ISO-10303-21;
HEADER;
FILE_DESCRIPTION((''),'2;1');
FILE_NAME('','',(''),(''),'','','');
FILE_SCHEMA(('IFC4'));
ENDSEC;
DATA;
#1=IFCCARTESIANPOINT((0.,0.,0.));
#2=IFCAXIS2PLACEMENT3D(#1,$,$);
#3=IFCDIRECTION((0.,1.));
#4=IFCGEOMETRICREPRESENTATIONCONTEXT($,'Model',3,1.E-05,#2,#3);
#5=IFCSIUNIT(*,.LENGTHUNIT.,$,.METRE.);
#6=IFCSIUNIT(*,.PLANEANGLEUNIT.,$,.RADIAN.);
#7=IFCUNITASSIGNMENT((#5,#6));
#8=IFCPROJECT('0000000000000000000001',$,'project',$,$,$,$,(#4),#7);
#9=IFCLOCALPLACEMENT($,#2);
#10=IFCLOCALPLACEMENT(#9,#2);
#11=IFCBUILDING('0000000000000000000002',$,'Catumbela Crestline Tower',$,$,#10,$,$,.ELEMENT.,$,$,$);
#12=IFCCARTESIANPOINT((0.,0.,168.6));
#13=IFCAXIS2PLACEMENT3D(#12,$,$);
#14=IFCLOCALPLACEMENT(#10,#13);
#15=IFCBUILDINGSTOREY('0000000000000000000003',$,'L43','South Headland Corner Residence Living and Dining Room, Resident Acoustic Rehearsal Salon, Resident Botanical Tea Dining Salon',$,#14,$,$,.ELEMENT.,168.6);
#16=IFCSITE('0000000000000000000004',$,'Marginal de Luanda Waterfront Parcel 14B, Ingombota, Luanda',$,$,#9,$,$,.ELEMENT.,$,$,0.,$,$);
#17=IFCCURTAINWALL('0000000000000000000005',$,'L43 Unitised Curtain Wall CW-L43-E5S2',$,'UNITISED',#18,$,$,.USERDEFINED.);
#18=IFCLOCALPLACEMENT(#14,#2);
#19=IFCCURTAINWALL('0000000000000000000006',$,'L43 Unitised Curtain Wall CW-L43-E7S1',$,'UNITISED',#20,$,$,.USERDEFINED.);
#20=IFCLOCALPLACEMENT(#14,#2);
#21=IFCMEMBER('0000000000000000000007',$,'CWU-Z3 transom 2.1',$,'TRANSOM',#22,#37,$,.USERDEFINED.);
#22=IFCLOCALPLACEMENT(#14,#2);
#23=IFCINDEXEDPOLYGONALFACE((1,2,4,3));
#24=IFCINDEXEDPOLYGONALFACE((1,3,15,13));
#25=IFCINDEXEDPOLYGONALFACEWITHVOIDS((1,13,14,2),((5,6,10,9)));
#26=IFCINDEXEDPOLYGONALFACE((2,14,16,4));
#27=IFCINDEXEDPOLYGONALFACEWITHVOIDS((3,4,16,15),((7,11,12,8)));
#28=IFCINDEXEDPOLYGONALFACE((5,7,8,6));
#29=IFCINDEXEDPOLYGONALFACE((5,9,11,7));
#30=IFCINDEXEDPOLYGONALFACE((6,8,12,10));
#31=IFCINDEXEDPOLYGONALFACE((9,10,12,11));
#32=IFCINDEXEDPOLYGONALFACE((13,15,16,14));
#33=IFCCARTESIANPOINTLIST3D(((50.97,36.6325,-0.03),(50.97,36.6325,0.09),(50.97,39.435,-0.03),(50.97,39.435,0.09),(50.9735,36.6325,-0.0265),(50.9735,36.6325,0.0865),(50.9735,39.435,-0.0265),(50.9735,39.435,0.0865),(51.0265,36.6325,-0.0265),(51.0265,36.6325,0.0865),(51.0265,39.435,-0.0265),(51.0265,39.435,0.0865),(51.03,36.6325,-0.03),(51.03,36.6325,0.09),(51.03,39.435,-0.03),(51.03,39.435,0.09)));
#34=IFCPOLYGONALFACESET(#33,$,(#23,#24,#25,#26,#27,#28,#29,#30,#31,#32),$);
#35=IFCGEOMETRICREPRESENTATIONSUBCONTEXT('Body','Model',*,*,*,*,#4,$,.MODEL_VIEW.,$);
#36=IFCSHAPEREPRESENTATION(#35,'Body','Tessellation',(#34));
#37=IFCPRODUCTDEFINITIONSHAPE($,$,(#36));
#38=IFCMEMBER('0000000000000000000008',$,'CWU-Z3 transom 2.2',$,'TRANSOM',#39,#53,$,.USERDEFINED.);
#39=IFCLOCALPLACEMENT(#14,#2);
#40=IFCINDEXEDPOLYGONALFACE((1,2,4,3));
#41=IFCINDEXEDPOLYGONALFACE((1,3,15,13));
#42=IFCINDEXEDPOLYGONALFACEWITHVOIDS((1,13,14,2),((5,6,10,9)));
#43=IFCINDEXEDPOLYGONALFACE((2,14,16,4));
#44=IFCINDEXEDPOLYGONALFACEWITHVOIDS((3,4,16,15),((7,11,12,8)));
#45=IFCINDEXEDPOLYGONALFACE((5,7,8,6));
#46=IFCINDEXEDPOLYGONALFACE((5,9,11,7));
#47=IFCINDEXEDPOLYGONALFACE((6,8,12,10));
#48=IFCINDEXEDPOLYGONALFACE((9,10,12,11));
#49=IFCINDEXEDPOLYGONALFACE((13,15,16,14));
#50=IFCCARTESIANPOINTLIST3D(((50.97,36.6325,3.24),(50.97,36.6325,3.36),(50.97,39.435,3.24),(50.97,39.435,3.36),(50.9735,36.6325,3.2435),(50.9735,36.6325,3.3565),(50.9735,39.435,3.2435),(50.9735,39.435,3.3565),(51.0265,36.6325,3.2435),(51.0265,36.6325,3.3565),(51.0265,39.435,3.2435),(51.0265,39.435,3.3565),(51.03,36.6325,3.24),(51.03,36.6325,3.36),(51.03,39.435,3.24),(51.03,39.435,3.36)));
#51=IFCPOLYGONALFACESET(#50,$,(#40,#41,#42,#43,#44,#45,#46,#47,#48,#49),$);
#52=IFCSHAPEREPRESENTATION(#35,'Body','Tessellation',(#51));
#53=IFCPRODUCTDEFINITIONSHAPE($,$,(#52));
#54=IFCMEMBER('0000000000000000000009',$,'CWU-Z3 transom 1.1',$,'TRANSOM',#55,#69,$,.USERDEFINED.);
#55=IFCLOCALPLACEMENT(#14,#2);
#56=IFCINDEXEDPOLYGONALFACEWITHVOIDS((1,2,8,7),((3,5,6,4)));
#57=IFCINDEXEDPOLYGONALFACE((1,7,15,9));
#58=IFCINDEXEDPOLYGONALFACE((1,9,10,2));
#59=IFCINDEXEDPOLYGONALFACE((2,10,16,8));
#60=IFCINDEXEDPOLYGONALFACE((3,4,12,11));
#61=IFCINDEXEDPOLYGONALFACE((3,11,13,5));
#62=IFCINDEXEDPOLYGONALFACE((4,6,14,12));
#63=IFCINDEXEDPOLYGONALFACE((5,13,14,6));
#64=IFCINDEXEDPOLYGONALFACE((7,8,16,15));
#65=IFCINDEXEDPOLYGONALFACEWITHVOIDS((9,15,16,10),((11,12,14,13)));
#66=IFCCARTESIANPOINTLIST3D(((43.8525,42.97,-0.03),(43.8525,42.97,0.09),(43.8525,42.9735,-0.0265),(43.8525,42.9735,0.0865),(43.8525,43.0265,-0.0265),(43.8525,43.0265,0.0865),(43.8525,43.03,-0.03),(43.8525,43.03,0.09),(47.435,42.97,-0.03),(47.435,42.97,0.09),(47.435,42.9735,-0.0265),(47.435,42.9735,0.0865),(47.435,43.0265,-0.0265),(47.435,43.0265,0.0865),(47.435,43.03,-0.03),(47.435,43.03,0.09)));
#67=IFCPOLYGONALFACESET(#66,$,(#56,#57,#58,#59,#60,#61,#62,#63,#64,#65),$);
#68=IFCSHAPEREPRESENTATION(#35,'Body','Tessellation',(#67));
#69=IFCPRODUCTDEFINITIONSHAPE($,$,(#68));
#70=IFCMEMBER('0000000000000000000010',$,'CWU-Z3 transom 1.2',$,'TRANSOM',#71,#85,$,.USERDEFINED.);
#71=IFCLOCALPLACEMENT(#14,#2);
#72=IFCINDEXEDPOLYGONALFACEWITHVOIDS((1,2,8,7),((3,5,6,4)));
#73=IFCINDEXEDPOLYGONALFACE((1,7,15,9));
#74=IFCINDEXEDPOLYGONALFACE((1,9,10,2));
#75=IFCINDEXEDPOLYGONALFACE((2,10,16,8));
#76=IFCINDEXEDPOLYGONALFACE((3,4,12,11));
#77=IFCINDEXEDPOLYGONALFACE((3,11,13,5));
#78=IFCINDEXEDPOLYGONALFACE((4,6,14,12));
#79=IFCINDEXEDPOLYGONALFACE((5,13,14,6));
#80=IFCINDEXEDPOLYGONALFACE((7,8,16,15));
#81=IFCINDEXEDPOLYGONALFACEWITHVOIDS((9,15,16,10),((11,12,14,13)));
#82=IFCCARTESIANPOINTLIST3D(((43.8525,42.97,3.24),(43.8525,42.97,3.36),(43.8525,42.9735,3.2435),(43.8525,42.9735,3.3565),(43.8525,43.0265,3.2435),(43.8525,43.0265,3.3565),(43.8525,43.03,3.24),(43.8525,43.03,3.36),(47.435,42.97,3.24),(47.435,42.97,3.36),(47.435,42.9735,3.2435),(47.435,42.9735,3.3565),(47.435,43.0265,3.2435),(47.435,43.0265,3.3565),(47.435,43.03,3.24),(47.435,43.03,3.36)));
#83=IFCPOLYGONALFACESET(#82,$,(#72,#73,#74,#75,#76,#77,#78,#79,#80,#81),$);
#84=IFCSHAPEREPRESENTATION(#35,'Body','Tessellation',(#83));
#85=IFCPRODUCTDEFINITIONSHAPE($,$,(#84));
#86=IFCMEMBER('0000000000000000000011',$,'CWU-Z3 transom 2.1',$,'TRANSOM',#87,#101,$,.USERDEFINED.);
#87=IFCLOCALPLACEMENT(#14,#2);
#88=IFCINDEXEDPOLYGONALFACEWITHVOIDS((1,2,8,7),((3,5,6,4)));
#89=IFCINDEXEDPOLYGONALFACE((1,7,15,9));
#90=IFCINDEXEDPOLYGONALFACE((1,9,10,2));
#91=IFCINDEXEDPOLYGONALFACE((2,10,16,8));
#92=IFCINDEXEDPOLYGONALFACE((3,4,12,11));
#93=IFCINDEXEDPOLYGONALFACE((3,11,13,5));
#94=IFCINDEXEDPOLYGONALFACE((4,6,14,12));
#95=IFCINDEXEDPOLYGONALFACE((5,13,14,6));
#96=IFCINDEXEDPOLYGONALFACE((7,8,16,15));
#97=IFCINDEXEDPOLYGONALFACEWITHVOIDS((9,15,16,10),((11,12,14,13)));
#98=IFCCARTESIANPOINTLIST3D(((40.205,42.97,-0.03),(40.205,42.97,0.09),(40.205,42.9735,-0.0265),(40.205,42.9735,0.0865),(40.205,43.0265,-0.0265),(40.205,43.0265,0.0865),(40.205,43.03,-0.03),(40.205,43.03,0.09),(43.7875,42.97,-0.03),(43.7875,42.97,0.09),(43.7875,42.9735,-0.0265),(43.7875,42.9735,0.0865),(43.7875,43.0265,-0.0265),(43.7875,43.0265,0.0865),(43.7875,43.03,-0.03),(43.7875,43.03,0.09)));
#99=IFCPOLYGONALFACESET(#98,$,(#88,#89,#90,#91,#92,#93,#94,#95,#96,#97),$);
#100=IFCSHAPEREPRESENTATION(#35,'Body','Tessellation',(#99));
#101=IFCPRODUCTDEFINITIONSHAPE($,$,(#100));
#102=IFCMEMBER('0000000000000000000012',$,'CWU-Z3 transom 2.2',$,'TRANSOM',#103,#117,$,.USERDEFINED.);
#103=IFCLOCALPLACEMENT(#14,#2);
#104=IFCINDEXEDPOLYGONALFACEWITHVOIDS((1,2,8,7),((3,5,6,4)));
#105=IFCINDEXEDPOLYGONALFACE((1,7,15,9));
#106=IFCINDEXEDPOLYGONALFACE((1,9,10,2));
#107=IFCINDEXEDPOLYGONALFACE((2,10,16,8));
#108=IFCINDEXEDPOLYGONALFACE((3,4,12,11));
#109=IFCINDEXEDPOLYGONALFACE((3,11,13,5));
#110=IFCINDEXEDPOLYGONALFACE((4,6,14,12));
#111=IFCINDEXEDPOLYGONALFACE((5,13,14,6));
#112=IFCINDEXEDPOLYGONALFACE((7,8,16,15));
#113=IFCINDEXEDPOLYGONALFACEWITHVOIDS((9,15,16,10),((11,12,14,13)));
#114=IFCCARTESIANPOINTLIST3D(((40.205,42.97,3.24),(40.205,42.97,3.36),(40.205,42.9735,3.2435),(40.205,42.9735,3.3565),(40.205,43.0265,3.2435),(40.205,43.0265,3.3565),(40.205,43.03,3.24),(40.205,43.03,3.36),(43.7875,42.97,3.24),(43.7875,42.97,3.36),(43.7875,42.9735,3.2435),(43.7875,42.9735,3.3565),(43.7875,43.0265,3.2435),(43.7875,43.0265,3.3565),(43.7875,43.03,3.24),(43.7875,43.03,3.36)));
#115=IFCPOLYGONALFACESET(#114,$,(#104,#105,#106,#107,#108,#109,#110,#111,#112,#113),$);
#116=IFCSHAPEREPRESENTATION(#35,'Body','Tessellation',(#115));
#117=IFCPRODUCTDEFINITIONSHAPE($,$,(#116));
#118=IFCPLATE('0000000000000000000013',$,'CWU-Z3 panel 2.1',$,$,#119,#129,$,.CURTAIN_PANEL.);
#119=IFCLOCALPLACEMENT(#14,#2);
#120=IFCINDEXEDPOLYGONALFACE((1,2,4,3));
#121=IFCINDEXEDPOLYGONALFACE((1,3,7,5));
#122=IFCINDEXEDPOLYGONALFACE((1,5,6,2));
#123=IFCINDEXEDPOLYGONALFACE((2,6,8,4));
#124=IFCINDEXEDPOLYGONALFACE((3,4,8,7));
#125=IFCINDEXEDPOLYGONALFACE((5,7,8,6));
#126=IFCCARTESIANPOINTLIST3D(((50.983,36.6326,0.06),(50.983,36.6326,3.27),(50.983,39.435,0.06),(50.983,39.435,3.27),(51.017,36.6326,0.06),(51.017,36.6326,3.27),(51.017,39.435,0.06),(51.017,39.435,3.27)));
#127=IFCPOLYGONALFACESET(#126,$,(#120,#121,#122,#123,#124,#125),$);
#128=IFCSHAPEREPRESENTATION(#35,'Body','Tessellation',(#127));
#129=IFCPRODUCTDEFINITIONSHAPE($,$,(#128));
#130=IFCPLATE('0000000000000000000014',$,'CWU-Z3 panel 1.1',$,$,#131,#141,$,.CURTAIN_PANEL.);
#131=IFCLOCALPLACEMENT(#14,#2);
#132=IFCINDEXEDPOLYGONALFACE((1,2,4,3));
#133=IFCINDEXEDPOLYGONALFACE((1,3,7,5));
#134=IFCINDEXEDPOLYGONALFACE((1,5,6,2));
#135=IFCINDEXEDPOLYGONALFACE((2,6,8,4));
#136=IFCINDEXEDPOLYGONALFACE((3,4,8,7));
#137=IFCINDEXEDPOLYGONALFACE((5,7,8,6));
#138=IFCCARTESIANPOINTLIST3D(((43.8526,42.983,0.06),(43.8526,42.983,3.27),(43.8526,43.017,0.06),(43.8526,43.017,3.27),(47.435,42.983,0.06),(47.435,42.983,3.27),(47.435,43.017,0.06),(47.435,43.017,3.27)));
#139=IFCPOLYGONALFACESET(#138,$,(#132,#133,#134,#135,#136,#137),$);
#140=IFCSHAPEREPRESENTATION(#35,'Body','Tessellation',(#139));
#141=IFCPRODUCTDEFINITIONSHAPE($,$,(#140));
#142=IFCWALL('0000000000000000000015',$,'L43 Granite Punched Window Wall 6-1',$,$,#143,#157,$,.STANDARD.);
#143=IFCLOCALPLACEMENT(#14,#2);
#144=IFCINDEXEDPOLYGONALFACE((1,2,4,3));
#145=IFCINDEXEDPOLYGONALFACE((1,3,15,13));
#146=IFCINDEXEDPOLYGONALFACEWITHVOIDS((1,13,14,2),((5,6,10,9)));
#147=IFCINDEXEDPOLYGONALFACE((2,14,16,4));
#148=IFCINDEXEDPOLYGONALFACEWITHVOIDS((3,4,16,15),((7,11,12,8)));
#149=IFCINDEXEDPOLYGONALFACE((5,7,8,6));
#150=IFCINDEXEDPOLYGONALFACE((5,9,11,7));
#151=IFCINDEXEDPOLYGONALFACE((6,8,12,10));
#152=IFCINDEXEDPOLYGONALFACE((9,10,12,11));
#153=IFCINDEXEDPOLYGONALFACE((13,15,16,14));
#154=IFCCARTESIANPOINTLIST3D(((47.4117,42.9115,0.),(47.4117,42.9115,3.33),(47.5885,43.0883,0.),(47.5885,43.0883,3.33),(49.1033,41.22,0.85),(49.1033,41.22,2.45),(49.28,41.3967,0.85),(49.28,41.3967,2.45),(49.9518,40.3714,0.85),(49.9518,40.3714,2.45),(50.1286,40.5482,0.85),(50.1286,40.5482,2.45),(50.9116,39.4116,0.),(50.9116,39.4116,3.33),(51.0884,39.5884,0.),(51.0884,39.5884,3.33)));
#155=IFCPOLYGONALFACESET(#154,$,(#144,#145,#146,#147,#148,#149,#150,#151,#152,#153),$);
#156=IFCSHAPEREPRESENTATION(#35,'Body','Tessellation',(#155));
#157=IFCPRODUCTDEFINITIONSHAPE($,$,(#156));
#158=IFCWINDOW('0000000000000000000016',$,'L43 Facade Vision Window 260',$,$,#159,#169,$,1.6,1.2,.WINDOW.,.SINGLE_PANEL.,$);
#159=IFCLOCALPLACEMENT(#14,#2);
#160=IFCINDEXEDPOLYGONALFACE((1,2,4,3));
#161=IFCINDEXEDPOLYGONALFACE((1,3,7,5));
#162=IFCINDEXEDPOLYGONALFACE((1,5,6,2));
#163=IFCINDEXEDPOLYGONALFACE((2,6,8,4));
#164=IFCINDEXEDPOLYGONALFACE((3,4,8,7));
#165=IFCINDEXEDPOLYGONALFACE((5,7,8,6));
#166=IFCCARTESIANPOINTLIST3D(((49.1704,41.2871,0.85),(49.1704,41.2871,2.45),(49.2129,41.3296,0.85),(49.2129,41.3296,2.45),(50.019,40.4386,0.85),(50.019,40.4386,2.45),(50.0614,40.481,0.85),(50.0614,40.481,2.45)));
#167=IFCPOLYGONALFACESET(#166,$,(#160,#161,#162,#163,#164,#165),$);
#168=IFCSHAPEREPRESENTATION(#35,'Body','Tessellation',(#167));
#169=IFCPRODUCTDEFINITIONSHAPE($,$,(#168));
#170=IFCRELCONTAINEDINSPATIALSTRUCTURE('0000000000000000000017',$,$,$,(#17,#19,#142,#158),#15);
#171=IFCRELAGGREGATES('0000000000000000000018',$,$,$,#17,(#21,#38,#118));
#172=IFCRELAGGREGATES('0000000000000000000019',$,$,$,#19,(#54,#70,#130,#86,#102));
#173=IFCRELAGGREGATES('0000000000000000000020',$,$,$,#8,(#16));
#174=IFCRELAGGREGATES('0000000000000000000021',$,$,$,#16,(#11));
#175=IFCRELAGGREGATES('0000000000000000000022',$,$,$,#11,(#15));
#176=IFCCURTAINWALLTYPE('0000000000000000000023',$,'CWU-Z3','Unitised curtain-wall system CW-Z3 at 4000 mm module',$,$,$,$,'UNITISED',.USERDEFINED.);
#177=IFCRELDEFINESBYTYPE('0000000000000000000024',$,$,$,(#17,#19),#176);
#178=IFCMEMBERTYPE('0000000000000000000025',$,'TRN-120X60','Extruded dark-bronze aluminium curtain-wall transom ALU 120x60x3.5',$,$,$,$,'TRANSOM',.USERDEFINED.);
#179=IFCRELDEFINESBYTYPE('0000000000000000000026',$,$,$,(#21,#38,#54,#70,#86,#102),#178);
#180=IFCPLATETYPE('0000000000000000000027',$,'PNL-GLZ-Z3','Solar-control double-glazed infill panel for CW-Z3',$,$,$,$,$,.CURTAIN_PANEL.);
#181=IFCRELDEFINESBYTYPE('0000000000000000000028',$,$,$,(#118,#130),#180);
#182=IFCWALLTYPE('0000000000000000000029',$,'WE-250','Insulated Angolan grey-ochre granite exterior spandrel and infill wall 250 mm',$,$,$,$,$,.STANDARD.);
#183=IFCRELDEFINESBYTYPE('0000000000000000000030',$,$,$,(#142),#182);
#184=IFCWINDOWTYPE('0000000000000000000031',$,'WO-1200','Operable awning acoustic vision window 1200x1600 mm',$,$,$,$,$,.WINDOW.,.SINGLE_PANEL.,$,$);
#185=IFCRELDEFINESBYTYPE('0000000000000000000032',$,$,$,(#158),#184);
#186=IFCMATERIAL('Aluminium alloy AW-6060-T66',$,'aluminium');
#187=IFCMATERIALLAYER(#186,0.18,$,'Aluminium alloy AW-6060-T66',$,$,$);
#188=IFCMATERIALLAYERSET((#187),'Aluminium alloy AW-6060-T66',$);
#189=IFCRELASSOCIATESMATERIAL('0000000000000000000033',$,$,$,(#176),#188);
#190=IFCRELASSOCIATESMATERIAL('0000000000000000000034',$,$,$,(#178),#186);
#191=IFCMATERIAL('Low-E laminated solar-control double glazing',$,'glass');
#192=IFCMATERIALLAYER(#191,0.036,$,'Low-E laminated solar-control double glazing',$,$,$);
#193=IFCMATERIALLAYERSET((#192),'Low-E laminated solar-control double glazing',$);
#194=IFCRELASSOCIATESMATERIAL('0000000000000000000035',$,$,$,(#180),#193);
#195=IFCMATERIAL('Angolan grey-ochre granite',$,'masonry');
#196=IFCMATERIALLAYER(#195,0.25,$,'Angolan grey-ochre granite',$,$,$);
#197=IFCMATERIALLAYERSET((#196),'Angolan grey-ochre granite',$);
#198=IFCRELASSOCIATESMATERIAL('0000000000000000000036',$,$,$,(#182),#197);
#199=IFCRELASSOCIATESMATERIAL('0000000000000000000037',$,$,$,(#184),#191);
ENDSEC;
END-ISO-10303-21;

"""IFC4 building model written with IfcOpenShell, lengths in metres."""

from ifc_helpers import new_model, si_unit, direction, frame, frame_2d, origin, origin_2d, place, context, subcontext, project, spatial, rectangle, hollow_rectangle, extrude, material, layer, layer_set, material_profile, profile_set, type_object, element, fill, aggregate, save


model = new_model("IFC4")

# Units and contexts
model_context = context("Model", 3, precision=1e-05, world=origin(), true_north=direction((0.0, 1.0)))
body_context = subcontext(model_context, "Body", "Model", "MODEL_VIEW")
ifc_project = project(units=[si_unit("LENGTHUNIT", "METRE"), si_unit("PLANEANGLEUNIT", "RADIAN")], contexts=[model_context])

# Site, building, storey
site_placement = place(None, origin())
site = spatial("IfcSite", under=ifc_project, at=site_placement, Name="Marginal de Luanda Waterfront Parcel 14B, Ingombota, Luanda", CompositionType="ELEMENT", RefElevation=0.0)
building_placement = place(site_placement, origin())
building = spatial("IfcBuilding", under=site, at=building_placement, Name="Catumbela Crestline Tower", CompositionType="ELEMENT")
storey_placement = place(building_placement, frame((0.0, 0.0, 168.6)))
storey = spatial("IfcBuildingStorey", under=building, at=storey_placement, Name="L43", Description="South Headland Corner Residence Living and Dining Room, Resident Acoustic Rehearsal Salon, Resident Botanical Tea Dining Salon", CompositionType="ELEMENT", Elevation=168.6)

# Curtain wall
ifc_material_1 = material(Name="Aluminium alloy AW-6060-T66", Category="aluminium")
ifc_layer_1 = layer(ifc_material_1, 0.18, Name="Aluminium alloy AW-6060-T66")
ifc_layer_set_1 = layer_set([ifc_layer_1], Name="Aluminium alloy AW-6060-T66")
curtain_wall_type = type_object("IfcCurtainWallType", Name="CWU-Z3", Description="Unitised curtain-wall system CW-Z3 at 4000 mm module", ElementType="UNITISED", PredefinedType="USERDEFINED", material=ifc_layer_set_1)
curtain_wall_1_placement = place(storey_placement, origin())
curtain_wall_1 = element("IfcCurtainWall", 1, at=curtain_wall_1_placement, inside=storey, type_object=curtain_wall_type, Name="L43 Unitised Curtain Wall CW-L43-E5S2", ObjectType="UNITISED", PredefinedType="USERDEFINED")

# Curtain wall
curtain_wall_2_placement = place(storey_placement, origin())
curtain_wall_2 = element("IfcCurtainWall", 2, at=curtain_wall_2_placement, inside=storey, type_object=curtain_wall_type, Name="L43 Unitised Curtain Wall CW-L43-E7S1", ObjectType="UNITISED", PredefinedType="USERDEFINED")

# Members
ifc_material_profile_1 = material_profile(ifc_material_1, hollow_rectangle(XDim=0.06, YDim=0.12, WallThickness=0.0035, at=origin_2d()), Name="ALU 120x60x3.5")
ifc_profile_set_1 = profile_set([ifc_material_profile_1], Name="Aluminium alloy AW-6060-T66")
member_type_1 = type_object("IfcMemberType", Name="TRN-120X60", Description="Extruded dark-bronze aluminium curtain-wall transom ALU 120x60x3.5", ElementType="TRANSOM", PredefinedType="USERDEFINED", material=ifc_profile_set_1)
member_1_placement = place(storey_placement, frame((51.0, 36.6325, 0.03), z_axis=(0.0, 1.0, 0.0), x_axis=(-1.0, 0.0, 0.0)))
member_1 = element("IfcMember", 3, at=member_1_placement, type_object=member_type_1, Name="CWU-Z3 transom 2.1", ObjectType="TRANSOM", PredefinedType="USERDEFINED", context=body_context, shape_type="SweptSolid", body=[
    extrude(hollow_rectangle(XDim=0.06, YDim=0.12, WallThickness=0.0035, at=origin_2d()), origin(), (0.0, 0.0, 1.0), 2.8025),
])
member_2_placement = place(storey_placement, frame((51.0, 36.6325, 3.3), z_axis=(0.0, 1.0, 0.0), x_axis=(-1.0, 0.0, 0.0)))
member_2 = element("IfcMember", 4, at=member_2_placement, type_object=member_type_1, Name="CWU-Z3 transom 2.2", ObjectType="TRANSOM", PredefinedType="USERDEFINED", context=body_context, shape_type="SweptSolid", body=[
    extrude(hollow_rectangle(XDim=0.06, YDim=0.12, WallThickness=0.0035, at=origin_2d()), origin(), (0.0, 0.0, 1.0), 2.8025),
])
member_3_placement = place(storey_placement, frame((47.435, 43.0, 0.03), z_axis=(-1.0, 0.0, 0.0), x_axis=(0.0, -1.0, 0.0)))
member_3 = element("IfcMember", 5, at=member_3_placement, type_object=member_type_1, Name="CWU-Z3 transom 1.1", ObjectType="TRANSOM", PredefinedType="USERDEFINED", context=body_context, shape_type="SweptSolid", body=[
    extrude(hollow_rectangle(XDim=0.06, YDim=0.12, WallThickness=0.0035, at=origin_2d()), origin(), (0.0, 0.0, 1.0), 3.5825),
])
member_4_placement = place(storey_placement, frame((47.435, 43.0, 3.3), z_axis=(-1.0, 0.0, 0.0), x_axis=(0.0, -1.0, 0.0)))
member_4 = element("IfcMember", 6, at=member_4_placement, type_object=member_type_1, Name="CWU-Z3 transom 1.2", ObjectType="TRANSOM", PredefinedType="USERDEFINED", context=body_context, shape_type="SweptSolid", body=[
    extrude(hollow_rectangle(XDim=0.06, YDim=0.12, WallThickness=0.0035, at=origin_2d()), origin(), (0.0, 0.0, 1.0), 3.5825),
])
member_5_placement = place(storey_placement, frame((43.7875, 43.0, 0.03), z_axis=(-1.0, 0.0, 0.0), x_axis=(0.0, -1.0, 0.0)))
member_5 = element("IfcMember", 7, at=member_5_placement, type_object=member_type_1, Name="CWU-Z3 transom 2.1", ObjectType="TRANSOM", PredefinedType="USERDEFINED", context=body_context, shape_type="SweptSolid", body=[
    extrude(hollow_rectangle(XDim=0.06, YDim=0.12, WallThickness=0.0035, at=origin_2d()), origin(), (0.0, 0.0, 1.0), 3.5825),
])
member_6_placement = place(storey_placement, frame((43.7875, 43.0, 3.3), z_axis=(-1.0, 0.0, 0.0), x_axis=(0.0, -1.0, 0.0)))
member_6 = element("IfcMember", 8, at=member_6_placement, type_object=member_type_1, Name="CWU-Z3 transom 2.2", ObjectType="TRANSOM", PredefinedType="USERDEFINED", context=body_context, shape_type="SweptSolid", body=[
    extrude(hollow_rectangle(XDim=0.06, YDim=0.12, WallThickness=0.0035, at=origin_2d()), origin(), (0.0, 0.0, 1.0), 3.5825),
])

# Plates
ifc_material_2 = material(Name="Low-E laminated solar-control double glazing", Category="glass")
ifc_layer_2 = layer(ifc_material_2, 0.036, Name="Low-E laminated solar-control double glazing")
ifc_layer_set_2 = layer_set([ifc_layer_2], Name="Low-E laminated solar-control double glazing")
plate_type = type_object("IfcPlateType", Name="PNL-GLZ-Z3", Description="Solar-control double-glazed infill panel for CW-Z3", PredefinedType="CURTAIN_PANEL", material=ifc_layer_set_2)
plate_1_placement = place(storey_placement, frame((51.0, 38.0338, 0.06), z_axis=(0.0, 0.0, 1.0), x_axis=(0.0, 1.0, 0.0)))
plate_1 = element("IfcPlate", 9, at=plate_1_placement, type_object=plate_type, Name="CWU-Z3 panel 2.1", PredefinedType="CURTAIN_PANEL", context=body_context, shape_type="SweptSolid", body=[
    extrude(rectangle(XDim=2.8025, YDim=0.034, at=origin_2d()), origin(), (0.0, 0.0, 1.0), 3.21),
])
aggregate(curtain_wall_1, [member_1, member_2, plate_1])
plate_2_placement = place(storey_placement, frame((45.6438, 43.0, 0.06), z_axis=(0.0, 0.0, 1.0), x_axis=(-1.0, 0.0, 0.0)))
plate_2 = element("IfcPlate", 10, at=plate_2_placement, type_object=plate_type, Name="CWU-Z3 panel 1.1", PredefinedType="CURTAIN_PANEL", context=body_context, shape_type="SweptSolid", body=[
    extrude(rectangle(XDim=3.5825, YDim=0.034, at=origin_2d()), origin(), (0.0, 0.0, 1.0), 3.21),
])
aggregate(curtain_wall_2, [member_3, member_4, plate_2, member_5, member_6])

# Wall, opening, window
ifc_material_3 = material(Name="Angolan grey-ochre granite", Category="masonry")
ifc_layer_3 = layer(ifc_material_3, 0.25, Name="Angolan grey-ochre granite")
ifc_layer_set_3 = layer_set([ifc_layer_3], Name="Angolan grey-ochre granite")
wall_type_1 = type_object("IfcWallType", Name="WE-250", Description="Insulated Angolan grey-ochre granite exterior spandrel and infill wall 250 mm", PredefinedType="STANDARD", material=ifc_layer_set_3)
wall_1_placement = place(storey_placement, frame((51.0, 39.5, 0.0), z_axis=(0.0, 0.0, 1.0), x_axis=(-0.707107, 0.707107, 0.0)))
wall_1 = element("IfcWall", 11, at=wall_1_placement, inside=storey, type_object=wall_type_1, Name="L43 Granite Punched Window Wall 6-1", PredefinedType="STANDARD", context=body_context, shape_type="SweptSolid", body=[
    extrude(rectangle(XDim=4.9497, YDim=0.25, at=frame_2d((2.4748, 0.0))), origin(), (0.0, 0.0, 1.0), 3.33),
])
opening_1_placement = place(wall_1_placement, frame((1.3574, 0.0, 0.85)))
opening_1 = element("IfcOpeningElement", 12, at=opening_1_placement, cuts=wall_1, PredefinedType="OPENING", context=body_context, shape_type="SweptSolid", body=[
    extrude(rectangle(XDim=1.2, YDim=1.6, at=frame_2d((0.6, 0.8))), frame((0.0, 0.135, 0.0), z_axis=(0.0, -1.0, 0.0), x_axis=(1.0, 0.0, 0.0)), (0.0, 0.0, 1.0), 0.27),
])
window_type = type_object("IfcWindowType", Name="WO-1200", Description="Operable awning acoustic vision window 1200x1600 mm", PartitioningType="SINGLE_PANEL", PredefinedType="WINDOW", material=ifc_material_2)
window_placement = place(opening_1_placement, origin())
window = element("IfcWindow", 13, at=window_placement, inside=storey, type_object=window_type, Name="L43 Facade Vision Window 260", OverallHeight=1.6, OverallWidth=1.2, PartitioningType="SINGLE_PANEL", PredefinedType="WINDOW", context=body_context, shape_type="SweptSolid", body=[
    extrude(rectangle(XDim=1.2, YDim=1.6, at=frame_2d((0.6, 0.8))), frame((0.0, 0.03, 0.0), z_axis=(0.0, -1.0, 0.0), x_axis=(1.0, 0.0, 0.0)), (0.0, 0.0, 1.0), 0.06),
])
fill(opening_1, window)

save(model, "model.ifc")
